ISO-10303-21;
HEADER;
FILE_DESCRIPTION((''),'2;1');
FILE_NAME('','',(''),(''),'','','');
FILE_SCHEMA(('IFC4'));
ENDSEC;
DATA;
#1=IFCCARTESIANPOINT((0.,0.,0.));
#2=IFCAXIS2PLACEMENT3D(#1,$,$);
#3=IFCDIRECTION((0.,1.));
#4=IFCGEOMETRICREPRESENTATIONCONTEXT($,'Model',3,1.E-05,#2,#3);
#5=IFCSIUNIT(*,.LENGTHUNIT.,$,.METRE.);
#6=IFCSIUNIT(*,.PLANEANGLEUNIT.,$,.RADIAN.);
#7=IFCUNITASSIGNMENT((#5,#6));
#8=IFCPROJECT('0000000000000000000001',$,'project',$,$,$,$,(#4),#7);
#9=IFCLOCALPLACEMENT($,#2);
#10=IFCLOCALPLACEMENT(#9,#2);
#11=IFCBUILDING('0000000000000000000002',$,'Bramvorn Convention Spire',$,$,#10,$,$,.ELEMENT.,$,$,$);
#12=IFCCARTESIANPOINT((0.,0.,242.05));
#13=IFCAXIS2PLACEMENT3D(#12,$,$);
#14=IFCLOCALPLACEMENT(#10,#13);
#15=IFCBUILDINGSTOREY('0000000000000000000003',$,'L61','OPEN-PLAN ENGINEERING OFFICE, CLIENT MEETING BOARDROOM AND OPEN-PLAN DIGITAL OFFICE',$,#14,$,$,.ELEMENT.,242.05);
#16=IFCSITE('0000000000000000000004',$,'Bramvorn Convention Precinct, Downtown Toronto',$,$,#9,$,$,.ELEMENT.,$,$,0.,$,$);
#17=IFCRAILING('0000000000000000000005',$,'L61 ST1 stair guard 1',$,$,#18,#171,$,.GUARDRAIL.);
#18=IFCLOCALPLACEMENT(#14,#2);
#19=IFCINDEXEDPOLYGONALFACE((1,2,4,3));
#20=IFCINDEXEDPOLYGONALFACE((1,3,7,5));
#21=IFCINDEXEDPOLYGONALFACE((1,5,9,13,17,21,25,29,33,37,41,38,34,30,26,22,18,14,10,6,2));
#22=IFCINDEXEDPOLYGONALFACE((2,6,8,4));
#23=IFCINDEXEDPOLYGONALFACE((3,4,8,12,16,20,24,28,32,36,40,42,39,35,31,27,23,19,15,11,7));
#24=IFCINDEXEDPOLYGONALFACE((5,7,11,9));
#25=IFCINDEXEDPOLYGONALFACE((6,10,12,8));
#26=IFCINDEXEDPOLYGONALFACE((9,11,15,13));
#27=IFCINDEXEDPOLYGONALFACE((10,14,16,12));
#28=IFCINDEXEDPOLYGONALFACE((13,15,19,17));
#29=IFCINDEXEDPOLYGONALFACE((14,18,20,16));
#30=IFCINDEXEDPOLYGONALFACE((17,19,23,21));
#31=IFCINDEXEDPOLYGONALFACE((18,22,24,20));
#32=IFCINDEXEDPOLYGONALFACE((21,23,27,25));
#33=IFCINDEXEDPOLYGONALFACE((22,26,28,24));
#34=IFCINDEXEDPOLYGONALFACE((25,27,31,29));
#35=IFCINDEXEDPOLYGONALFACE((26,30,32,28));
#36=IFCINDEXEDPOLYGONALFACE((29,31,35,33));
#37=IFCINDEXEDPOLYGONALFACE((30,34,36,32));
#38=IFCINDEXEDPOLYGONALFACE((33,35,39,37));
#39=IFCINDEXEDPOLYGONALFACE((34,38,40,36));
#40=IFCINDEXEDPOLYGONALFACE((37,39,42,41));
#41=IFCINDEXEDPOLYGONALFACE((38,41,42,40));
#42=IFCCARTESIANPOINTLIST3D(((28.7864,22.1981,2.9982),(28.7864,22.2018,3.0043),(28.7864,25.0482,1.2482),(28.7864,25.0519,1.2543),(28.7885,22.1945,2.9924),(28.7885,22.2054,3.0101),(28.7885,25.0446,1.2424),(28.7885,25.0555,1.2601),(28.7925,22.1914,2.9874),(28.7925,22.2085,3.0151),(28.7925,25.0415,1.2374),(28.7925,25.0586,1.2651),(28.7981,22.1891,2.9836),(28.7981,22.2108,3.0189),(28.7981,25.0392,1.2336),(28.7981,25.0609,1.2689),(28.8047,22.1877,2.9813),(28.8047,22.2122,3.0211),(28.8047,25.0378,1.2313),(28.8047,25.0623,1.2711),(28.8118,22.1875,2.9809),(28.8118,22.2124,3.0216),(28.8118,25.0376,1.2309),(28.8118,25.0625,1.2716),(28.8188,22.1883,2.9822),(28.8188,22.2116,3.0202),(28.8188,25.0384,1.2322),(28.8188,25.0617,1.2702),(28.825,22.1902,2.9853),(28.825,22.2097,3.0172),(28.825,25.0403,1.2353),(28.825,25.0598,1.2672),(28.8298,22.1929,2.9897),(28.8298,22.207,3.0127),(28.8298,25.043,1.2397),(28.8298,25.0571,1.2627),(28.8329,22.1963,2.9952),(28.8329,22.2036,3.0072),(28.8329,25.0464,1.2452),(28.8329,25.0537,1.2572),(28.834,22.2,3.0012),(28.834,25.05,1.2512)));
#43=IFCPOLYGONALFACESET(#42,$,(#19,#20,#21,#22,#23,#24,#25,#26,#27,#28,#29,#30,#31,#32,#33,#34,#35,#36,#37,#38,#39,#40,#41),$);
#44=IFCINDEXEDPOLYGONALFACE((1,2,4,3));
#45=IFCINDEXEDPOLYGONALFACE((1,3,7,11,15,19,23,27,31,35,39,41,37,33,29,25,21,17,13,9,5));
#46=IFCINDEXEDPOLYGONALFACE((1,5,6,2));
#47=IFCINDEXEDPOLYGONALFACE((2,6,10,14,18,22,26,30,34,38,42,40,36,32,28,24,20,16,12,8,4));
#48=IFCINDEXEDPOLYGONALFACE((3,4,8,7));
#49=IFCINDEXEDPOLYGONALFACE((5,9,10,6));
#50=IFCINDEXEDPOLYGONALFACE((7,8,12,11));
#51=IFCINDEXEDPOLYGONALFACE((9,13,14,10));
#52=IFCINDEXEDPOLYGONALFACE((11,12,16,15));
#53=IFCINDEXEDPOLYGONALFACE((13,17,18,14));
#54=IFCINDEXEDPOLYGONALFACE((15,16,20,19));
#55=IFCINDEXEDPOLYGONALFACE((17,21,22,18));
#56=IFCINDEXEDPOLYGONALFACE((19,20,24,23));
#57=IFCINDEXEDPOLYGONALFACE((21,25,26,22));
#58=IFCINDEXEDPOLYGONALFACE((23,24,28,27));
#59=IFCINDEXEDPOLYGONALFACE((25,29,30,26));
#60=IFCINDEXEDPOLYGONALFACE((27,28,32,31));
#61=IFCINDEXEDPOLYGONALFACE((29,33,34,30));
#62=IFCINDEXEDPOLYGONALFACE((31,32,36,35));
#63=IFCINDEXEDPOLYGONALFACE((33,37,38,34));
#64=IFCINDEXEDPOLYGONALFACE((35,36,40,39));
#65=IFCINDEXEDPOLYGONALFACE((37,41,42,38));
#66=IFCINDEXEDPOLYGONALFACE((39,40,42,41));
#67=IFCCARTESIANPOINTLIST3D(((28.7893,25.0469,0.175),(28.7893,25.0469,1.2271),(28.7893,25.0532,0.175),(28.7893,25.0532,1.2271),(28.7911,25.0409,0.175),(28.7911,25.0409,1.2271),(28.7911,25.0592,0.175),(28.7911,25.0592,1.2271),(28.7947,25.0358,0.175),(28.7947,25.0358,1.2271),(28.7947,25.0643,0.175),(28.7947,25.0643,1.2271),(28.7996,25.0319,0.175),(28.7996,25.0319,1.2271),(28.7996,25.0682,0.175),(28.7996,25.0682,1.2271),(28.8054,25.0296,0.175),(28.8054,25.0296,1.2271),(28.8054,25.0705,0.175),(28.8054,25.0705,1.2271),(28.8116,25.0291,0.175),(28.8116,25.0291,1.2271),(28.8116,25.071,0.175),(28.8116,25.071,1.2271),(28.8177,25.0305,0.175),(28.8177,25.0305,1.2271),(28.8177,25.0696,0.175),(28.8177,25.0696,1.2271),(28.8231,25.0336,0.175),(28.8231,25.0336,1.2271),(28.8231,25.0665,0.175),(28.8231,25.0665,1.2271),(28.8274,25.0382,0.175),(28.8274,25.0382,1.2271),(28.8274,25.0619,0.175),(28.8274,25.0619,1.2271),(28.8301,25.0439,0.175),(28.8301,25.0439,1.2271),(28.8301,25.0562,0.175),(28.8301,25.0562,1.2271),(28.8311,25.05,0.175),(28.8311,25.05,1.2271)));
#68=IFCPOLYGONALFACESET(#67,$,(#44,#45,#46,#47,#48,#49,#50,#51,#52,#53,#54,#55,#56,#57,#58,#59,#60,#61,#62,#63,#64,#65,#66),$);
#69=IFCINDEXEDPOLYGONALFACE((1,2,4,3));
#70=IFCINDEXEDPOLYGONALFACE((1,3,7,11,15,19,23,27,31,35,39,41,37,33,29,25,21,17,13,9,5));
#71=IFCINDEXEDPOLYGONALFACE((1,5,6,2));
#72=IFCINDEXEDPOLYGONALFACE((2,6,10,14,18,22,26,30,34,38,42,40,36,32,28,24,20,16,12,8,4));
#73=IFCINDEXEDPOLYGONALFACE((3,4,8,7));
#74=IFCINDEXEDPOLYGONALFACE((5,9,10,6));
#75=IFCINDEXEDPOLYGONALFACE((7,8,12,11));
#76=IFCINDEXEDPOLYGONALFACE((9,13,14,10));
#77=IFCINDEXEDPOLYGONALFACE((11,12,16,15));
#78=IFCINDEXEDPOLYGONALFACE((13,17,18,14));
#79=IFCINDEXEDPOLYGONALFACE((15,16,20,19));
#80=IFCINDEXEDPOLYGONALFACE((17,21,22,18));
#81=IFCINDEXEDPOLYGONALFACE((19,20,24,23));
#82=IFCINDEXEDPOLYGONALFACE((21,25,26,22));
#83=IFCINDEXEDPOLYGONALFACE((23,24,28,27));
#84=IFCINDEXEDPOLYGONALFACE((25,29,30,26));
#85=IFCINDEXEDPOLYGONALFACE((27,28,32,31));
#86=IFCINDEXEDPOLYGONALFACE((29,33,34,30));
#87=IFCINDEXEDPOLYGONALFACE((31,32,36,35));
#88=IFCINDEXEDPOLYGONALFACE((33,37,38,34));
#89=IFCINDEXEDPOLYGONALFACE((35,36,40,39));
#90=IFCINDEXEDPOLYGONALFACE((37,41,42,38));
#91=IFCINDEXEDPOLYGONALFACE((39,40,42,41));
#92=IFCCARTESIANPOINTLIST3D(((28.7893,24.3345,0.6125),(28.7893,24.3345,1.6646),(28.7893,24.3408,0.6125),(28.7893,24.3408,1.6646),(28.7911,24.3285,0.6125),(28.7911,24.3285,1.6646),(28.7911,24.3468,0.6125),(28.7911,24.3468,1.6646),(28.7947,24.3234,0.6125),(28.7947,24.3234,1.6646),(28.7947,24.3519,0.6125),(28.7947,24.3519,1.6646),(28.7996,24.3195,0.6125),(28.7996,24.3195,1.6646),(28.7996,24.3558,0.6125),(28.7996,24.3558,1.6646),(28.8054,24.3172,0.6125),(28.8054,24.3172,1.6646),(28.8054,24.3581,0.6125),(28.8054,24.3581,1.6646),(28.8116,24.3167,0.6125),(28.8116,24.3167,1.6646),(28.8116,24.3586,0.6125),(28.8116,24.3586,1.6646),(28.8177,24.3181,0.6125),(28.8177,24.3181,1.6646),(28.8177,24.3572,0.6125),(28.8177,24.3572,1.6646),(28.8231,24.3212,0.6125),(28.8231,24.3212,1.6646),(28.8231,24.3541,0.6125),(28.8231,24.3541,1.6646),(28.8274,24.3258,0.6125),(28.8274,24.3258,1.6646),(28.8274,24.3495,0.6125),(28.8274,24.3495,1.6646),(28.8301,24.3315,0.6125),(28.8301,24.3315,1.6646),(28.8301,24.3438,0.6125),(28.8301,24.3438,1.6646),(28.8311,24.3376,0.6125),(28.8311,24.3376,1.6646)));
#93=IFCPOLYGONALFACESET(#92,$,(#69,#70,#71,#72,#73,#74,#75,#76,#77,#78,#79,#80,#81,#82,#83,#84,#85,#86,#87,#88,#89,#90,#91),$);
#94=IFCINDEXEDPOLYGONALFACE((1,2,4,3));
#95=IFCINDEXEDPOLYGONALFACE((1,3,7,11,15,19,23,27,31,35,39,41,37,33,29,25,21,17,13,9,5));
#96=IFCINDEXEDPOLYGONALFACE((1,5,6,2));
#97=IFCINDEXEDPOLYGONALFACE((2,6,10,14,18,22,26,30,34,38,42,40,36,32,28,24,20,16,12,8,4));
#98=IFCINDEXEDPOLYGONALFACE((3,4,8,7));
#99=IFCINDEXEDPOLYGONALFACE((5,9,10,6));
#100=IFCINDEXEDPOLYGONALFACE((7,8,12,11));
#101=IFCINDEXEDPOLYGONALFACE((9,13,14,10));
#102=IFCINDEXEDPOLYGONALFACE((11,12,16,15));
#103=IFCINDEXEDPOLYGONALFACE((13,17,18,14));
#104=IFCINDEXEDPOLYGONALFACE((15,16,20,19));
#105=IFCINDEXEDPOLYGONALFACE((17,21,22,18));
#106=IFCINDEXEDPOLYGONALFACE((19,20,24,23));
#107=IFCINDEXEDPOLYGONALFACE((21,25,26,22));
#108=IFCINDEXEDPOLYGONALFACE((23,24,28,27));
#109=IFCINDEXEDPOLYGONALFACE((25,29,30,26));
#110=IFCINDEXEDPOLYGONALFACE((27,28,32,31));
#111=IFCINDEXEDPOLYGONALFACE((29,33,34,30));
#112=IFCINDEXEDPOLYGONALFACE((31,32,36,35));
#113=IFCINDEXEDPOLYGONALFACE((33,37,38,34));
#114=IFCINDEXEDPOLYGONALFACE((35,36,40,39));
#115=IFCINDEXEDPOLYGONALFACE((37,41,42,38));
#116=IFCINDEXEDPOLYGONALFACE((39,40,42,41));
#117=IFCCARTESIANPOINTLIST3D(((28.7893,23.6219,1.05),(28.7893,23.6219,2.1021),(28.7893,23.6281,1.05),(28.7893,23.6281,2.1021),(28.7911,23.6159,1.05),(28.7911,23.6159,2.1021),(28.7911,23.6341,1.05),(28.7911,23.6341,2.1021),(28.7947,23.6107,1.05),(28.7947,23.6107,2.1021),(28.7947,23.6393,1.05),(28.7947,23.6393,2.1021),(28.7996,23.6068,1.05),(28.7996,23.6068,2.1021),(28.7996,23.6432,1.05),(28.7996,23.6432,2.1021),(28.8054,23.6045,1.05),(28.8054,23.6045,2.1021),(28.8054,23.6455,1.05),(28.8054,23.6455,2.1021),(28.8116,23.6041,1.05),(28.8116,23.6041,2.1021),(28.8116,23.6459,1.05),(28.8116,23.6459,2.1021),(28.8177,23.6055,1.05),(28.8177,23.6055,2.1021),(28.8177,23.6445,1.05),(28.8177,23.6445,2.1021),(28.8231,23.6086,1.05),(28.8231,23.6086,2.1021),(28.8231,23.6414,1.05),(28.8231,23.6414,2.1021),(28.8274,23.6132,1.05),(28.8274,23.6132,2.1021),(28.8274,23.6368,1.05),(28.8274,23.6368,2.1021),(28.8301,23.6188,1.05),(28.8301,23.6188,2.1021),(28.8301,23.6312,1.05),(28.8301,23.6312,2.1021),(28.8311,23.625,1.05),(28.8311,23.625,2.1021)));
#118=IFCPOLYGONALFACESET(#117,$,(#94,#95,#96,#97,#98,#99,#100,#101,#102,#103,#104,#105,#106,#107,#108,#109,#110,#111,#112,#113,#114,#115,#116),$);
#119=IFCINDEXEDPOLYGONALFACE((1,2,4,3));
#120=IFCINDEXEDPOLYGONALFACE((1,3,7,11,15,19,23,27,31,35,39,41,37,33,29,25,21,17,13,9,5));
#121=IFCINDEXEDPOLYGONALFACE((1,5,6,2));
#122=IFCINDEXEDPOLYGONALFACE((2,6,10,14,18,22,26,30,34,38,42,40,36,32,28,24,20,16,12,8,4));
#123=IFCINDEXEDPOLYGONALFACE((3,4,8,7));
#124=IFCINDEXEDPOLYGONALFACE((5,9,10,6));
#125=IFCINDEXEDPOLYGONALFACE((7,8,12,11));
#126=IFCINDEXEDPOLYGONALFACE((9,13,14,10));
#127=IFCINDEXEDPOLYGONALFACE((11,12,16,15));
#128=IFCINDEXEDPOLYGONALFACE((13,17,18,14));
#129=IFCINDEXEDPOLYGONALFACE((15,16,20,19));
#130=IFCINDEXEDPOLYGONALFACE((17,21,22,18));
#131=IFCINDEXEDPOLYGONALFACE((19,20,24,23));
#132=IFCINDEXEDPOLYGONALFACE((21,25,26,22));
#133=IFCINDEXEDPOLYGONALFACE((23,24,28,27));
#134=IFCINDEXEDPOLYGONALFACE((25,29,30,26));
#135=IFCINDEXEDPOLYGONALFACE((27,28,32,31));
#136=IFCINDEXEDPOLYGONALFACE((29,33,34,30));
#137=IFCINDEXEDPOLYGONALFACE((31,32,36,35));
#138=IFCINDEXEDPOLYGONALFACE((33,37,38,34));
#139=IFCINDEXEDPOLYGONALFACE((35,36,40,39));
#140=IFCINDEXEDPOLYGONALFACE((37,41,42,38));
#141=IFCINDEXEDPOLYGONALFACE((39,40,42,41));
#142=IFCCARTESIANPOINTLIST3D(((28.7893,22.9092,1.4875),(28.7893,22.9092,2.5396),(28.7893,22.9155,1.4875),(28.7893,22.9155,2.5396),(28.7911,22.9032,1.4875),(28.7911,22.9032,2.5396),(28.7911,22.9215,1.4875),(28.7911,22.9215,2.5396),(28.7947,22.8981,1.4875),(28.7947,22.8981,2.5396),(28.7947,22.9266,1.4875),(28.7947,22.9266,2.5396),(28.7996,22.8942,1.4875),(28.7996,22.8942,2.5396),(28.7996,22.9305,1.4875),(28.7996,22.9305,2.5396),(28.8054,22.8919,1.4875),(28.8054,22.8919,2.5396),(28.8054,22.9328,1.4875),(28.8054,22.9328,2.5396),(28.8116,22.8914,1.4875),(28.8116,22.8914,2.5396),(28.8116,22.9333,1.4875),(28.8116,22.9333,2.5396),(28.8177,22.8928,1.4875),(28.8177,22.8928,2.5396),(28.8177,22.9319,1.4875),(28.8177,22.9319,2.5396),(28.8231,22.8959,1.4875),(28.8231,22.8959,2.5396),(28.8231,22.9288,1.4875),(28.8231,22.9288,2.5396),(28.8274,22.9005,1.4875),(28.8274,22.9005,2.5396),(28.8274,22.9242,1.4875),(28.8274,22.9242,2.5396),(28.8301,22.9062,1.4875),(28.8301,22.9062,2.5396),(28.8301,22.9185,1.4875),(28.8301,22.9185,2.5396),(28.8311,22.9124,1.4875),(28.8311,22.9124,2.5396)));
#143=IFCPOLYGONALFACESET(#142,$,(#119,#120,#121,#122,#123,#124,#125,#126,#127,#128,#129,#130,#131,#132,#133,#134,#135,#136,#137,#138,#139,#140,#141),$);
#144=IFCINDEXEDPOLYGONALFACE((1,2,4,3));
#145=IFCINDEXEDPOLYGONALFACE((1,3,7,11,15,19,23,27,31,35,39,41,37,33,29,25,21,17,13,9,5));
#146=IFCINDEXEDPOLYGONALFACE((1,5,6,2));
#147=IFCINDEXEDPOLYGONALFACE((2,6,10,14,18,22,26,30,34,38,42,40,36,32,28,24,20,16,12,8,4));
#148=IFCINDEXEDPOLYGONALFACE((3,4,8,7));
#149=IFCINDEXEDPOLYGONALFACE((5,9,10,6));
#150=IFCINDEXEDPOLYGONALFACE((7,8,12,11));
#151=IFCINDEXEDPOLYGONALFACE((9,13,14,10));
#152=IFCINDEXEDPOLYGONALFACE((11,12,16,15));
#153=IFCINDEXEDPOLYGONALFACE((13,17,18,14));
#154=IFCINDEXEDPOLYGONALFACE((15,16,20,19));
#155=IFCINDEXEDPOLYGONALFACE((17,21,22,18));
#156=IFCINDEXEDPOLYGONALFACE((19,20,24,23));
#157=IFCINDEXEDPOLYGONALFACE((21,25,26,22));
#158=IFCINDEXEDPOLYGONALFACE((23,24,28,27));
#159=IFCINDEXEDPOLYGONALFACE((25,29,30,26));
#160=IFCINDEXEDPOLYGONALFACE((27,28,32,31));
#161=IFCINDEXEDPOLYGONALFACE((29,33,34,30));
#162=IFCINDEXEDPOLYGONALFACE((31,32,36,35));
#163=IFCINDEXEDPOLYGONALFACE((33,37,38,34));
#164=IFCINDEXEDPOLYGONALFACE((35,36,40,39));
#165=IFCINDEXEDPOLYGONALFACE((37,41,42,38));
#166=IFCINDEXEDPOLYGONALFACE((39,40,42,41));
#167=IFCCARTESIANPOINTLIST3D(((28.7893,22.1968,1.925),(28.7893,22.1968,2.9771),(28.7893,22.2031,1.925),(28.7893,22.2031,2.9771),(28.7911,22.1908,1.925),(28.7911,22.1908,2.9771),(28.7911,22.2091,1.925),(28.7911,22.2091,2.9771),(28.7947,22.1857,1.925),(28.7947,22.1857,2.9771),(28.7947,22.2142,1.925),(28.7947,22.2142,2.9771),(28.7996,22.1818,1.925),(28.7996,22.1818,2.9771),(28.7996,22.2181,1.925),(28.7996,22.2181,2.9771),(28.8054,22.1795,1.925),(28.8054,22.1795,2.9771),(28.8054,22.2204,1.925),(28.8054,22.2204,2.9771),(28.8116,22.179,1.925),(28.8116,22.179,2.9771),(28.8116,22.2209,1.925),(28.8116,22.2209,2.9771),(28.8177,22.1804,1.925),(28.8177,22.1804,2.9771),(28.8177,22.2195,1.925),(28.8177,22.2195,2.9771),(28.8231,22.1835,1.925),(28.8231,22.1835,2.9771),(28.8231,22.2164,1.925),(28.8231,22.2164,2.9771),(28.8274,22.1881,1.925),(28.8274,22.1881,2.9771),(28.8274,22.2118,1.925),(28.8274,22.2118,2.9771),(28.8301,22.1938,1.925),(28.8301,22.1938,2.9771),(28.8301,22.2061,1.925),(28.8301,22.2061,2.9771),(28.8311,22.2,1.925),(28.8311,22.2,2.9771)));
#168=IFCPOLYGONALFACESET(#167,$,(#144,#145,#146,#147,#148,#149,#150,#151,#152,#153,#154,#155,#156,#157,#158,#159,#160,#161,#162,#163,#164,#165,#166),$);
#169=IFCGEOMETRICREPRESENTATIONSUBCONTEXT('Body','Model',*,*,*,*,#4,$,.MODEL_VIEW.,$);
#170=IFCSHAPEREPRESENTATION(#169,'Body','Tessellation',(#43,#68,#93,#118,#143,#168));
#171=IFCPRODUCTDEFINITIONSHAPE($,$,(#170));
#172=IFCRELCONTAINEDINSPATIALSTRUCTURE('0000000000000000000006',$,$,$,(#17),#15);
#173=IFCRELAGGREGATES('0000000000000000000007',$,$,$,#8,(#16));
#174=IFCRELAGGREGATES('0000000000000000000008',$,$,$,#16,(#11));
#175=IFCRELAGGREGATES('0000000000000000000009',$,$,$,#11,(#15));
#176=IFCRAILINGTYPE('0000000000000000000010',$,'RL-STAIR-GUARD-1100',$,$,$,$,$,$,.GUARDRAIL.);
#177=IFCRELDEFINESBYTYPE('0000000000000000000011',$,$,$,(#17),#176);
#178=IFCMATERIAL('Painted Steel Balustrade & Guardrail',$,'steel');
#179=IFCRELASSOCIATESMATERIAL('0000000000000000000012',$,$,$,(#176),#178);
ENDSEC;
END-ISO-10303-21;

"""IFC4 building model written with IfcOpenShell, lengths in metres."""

from ifc_helpers import new_model, si_unit, direction, frame, origin, origin_2d, place, context, subcontext, project, spatial, circle, extrude, material, type_object, element, save


model = new_model("IFC4")

# Units and contexts
model_context = context("Model", 3, precision=1e-05, world=origin(), true_north=direction((0.0, 1.0)))
body_context = subcontext(model_context, "Body", "Model", "MODEL_VIEW")
ifc_project = project(units=[si_unit("LENGTHUNIT", "METRE"), si_unit("PLANEANGLEUNIT", "RADIAN")], contexts=[model_context])

# Site, building, storey
site_placement = place(None, origin())
site = spatial("IfcSite", under=ifc_project, at=site_placement, Name="Bramvorn Convention Precinct, Downtown Toronto", CompositionType="ELEMENT", RefElevation=0.0)
building_placement = place(site_placement, origin())
building = spatial("IfcBuilding", under=site, at=building_placement, Name="Bramvorn Convention Spire", CompositionType="ELEMENT")
storey_placement = place(building_placement, frame((0.0, 0.0, 242.05)))
storey = spatial("IfcBuildingStorey", under=building, at=storey_placement, Name="L61", Description="OPEN-PLAN ENGINEERING OFFICE, CLIENT MEETING BOARDROOM AND OPEN-PLAN DIGITAL OFFICE", CompositionType="ELEMENT", Elevation=242.05)

# Railing
ifc_material_1 = material(Name="Painted Steel Balustrade & Guardrail", Category="steel")
railing_type_1 = type_object("IfcRailingType", Name="RL-STAIR-GUARD-1100", PredefinedType="GUARDRAIL", material=ifc_material_1)
railing_1_placement = place(storey_placement, frame((28.8101, 25.05, 0.175)))
element("IfcRailing", 1, at=railing_1_placement, inside=storey, type_object=railing_type_1, Name="L61 ST1 stair guard 1", PredefinedType="GUARDRAIL", context=body_context, shape_type="SweptSolid", body=[
    extrude(circle(Radius=0.0239, at=origin_2d()), frame((0.0, 0.0, 1.0762), z_axis=(0.0, -0.852179, 0.52325), x_axis=(1.0, 0.0, 0.0)), (0.0, 0.0, 1.0), 3.3445),
    extrude(circle(Radius=0.021, at=origin_2d()), origin(), (0.0, 0.0, 1.0), 1.052),
    extrude(circle(Radius=0.021, at=origin_2d()), frame((0.0, -0.7124, 0.4375)), (0.0, 0.0, 1.0), 1.052),
    extrude(circle(Radius=0.021, at=origin_2d()), frame((0.0, -1.425, 0.875)), (0.0, 0.0, 1.0), 1.052),
    extrude(circle(Radius=0.021, at=origin_2d()), frame((0.0, -2.1377, 1.3125)), (0.0, 0.0, 1.0), 1.052),
    extrude(circle(Radius=0.021, at=origin_2d()), frame((0.0, -2.8501, 1.75)), (0.0, 0.0, 1.0), 1.052),
])

save(model, "model.ifc")
